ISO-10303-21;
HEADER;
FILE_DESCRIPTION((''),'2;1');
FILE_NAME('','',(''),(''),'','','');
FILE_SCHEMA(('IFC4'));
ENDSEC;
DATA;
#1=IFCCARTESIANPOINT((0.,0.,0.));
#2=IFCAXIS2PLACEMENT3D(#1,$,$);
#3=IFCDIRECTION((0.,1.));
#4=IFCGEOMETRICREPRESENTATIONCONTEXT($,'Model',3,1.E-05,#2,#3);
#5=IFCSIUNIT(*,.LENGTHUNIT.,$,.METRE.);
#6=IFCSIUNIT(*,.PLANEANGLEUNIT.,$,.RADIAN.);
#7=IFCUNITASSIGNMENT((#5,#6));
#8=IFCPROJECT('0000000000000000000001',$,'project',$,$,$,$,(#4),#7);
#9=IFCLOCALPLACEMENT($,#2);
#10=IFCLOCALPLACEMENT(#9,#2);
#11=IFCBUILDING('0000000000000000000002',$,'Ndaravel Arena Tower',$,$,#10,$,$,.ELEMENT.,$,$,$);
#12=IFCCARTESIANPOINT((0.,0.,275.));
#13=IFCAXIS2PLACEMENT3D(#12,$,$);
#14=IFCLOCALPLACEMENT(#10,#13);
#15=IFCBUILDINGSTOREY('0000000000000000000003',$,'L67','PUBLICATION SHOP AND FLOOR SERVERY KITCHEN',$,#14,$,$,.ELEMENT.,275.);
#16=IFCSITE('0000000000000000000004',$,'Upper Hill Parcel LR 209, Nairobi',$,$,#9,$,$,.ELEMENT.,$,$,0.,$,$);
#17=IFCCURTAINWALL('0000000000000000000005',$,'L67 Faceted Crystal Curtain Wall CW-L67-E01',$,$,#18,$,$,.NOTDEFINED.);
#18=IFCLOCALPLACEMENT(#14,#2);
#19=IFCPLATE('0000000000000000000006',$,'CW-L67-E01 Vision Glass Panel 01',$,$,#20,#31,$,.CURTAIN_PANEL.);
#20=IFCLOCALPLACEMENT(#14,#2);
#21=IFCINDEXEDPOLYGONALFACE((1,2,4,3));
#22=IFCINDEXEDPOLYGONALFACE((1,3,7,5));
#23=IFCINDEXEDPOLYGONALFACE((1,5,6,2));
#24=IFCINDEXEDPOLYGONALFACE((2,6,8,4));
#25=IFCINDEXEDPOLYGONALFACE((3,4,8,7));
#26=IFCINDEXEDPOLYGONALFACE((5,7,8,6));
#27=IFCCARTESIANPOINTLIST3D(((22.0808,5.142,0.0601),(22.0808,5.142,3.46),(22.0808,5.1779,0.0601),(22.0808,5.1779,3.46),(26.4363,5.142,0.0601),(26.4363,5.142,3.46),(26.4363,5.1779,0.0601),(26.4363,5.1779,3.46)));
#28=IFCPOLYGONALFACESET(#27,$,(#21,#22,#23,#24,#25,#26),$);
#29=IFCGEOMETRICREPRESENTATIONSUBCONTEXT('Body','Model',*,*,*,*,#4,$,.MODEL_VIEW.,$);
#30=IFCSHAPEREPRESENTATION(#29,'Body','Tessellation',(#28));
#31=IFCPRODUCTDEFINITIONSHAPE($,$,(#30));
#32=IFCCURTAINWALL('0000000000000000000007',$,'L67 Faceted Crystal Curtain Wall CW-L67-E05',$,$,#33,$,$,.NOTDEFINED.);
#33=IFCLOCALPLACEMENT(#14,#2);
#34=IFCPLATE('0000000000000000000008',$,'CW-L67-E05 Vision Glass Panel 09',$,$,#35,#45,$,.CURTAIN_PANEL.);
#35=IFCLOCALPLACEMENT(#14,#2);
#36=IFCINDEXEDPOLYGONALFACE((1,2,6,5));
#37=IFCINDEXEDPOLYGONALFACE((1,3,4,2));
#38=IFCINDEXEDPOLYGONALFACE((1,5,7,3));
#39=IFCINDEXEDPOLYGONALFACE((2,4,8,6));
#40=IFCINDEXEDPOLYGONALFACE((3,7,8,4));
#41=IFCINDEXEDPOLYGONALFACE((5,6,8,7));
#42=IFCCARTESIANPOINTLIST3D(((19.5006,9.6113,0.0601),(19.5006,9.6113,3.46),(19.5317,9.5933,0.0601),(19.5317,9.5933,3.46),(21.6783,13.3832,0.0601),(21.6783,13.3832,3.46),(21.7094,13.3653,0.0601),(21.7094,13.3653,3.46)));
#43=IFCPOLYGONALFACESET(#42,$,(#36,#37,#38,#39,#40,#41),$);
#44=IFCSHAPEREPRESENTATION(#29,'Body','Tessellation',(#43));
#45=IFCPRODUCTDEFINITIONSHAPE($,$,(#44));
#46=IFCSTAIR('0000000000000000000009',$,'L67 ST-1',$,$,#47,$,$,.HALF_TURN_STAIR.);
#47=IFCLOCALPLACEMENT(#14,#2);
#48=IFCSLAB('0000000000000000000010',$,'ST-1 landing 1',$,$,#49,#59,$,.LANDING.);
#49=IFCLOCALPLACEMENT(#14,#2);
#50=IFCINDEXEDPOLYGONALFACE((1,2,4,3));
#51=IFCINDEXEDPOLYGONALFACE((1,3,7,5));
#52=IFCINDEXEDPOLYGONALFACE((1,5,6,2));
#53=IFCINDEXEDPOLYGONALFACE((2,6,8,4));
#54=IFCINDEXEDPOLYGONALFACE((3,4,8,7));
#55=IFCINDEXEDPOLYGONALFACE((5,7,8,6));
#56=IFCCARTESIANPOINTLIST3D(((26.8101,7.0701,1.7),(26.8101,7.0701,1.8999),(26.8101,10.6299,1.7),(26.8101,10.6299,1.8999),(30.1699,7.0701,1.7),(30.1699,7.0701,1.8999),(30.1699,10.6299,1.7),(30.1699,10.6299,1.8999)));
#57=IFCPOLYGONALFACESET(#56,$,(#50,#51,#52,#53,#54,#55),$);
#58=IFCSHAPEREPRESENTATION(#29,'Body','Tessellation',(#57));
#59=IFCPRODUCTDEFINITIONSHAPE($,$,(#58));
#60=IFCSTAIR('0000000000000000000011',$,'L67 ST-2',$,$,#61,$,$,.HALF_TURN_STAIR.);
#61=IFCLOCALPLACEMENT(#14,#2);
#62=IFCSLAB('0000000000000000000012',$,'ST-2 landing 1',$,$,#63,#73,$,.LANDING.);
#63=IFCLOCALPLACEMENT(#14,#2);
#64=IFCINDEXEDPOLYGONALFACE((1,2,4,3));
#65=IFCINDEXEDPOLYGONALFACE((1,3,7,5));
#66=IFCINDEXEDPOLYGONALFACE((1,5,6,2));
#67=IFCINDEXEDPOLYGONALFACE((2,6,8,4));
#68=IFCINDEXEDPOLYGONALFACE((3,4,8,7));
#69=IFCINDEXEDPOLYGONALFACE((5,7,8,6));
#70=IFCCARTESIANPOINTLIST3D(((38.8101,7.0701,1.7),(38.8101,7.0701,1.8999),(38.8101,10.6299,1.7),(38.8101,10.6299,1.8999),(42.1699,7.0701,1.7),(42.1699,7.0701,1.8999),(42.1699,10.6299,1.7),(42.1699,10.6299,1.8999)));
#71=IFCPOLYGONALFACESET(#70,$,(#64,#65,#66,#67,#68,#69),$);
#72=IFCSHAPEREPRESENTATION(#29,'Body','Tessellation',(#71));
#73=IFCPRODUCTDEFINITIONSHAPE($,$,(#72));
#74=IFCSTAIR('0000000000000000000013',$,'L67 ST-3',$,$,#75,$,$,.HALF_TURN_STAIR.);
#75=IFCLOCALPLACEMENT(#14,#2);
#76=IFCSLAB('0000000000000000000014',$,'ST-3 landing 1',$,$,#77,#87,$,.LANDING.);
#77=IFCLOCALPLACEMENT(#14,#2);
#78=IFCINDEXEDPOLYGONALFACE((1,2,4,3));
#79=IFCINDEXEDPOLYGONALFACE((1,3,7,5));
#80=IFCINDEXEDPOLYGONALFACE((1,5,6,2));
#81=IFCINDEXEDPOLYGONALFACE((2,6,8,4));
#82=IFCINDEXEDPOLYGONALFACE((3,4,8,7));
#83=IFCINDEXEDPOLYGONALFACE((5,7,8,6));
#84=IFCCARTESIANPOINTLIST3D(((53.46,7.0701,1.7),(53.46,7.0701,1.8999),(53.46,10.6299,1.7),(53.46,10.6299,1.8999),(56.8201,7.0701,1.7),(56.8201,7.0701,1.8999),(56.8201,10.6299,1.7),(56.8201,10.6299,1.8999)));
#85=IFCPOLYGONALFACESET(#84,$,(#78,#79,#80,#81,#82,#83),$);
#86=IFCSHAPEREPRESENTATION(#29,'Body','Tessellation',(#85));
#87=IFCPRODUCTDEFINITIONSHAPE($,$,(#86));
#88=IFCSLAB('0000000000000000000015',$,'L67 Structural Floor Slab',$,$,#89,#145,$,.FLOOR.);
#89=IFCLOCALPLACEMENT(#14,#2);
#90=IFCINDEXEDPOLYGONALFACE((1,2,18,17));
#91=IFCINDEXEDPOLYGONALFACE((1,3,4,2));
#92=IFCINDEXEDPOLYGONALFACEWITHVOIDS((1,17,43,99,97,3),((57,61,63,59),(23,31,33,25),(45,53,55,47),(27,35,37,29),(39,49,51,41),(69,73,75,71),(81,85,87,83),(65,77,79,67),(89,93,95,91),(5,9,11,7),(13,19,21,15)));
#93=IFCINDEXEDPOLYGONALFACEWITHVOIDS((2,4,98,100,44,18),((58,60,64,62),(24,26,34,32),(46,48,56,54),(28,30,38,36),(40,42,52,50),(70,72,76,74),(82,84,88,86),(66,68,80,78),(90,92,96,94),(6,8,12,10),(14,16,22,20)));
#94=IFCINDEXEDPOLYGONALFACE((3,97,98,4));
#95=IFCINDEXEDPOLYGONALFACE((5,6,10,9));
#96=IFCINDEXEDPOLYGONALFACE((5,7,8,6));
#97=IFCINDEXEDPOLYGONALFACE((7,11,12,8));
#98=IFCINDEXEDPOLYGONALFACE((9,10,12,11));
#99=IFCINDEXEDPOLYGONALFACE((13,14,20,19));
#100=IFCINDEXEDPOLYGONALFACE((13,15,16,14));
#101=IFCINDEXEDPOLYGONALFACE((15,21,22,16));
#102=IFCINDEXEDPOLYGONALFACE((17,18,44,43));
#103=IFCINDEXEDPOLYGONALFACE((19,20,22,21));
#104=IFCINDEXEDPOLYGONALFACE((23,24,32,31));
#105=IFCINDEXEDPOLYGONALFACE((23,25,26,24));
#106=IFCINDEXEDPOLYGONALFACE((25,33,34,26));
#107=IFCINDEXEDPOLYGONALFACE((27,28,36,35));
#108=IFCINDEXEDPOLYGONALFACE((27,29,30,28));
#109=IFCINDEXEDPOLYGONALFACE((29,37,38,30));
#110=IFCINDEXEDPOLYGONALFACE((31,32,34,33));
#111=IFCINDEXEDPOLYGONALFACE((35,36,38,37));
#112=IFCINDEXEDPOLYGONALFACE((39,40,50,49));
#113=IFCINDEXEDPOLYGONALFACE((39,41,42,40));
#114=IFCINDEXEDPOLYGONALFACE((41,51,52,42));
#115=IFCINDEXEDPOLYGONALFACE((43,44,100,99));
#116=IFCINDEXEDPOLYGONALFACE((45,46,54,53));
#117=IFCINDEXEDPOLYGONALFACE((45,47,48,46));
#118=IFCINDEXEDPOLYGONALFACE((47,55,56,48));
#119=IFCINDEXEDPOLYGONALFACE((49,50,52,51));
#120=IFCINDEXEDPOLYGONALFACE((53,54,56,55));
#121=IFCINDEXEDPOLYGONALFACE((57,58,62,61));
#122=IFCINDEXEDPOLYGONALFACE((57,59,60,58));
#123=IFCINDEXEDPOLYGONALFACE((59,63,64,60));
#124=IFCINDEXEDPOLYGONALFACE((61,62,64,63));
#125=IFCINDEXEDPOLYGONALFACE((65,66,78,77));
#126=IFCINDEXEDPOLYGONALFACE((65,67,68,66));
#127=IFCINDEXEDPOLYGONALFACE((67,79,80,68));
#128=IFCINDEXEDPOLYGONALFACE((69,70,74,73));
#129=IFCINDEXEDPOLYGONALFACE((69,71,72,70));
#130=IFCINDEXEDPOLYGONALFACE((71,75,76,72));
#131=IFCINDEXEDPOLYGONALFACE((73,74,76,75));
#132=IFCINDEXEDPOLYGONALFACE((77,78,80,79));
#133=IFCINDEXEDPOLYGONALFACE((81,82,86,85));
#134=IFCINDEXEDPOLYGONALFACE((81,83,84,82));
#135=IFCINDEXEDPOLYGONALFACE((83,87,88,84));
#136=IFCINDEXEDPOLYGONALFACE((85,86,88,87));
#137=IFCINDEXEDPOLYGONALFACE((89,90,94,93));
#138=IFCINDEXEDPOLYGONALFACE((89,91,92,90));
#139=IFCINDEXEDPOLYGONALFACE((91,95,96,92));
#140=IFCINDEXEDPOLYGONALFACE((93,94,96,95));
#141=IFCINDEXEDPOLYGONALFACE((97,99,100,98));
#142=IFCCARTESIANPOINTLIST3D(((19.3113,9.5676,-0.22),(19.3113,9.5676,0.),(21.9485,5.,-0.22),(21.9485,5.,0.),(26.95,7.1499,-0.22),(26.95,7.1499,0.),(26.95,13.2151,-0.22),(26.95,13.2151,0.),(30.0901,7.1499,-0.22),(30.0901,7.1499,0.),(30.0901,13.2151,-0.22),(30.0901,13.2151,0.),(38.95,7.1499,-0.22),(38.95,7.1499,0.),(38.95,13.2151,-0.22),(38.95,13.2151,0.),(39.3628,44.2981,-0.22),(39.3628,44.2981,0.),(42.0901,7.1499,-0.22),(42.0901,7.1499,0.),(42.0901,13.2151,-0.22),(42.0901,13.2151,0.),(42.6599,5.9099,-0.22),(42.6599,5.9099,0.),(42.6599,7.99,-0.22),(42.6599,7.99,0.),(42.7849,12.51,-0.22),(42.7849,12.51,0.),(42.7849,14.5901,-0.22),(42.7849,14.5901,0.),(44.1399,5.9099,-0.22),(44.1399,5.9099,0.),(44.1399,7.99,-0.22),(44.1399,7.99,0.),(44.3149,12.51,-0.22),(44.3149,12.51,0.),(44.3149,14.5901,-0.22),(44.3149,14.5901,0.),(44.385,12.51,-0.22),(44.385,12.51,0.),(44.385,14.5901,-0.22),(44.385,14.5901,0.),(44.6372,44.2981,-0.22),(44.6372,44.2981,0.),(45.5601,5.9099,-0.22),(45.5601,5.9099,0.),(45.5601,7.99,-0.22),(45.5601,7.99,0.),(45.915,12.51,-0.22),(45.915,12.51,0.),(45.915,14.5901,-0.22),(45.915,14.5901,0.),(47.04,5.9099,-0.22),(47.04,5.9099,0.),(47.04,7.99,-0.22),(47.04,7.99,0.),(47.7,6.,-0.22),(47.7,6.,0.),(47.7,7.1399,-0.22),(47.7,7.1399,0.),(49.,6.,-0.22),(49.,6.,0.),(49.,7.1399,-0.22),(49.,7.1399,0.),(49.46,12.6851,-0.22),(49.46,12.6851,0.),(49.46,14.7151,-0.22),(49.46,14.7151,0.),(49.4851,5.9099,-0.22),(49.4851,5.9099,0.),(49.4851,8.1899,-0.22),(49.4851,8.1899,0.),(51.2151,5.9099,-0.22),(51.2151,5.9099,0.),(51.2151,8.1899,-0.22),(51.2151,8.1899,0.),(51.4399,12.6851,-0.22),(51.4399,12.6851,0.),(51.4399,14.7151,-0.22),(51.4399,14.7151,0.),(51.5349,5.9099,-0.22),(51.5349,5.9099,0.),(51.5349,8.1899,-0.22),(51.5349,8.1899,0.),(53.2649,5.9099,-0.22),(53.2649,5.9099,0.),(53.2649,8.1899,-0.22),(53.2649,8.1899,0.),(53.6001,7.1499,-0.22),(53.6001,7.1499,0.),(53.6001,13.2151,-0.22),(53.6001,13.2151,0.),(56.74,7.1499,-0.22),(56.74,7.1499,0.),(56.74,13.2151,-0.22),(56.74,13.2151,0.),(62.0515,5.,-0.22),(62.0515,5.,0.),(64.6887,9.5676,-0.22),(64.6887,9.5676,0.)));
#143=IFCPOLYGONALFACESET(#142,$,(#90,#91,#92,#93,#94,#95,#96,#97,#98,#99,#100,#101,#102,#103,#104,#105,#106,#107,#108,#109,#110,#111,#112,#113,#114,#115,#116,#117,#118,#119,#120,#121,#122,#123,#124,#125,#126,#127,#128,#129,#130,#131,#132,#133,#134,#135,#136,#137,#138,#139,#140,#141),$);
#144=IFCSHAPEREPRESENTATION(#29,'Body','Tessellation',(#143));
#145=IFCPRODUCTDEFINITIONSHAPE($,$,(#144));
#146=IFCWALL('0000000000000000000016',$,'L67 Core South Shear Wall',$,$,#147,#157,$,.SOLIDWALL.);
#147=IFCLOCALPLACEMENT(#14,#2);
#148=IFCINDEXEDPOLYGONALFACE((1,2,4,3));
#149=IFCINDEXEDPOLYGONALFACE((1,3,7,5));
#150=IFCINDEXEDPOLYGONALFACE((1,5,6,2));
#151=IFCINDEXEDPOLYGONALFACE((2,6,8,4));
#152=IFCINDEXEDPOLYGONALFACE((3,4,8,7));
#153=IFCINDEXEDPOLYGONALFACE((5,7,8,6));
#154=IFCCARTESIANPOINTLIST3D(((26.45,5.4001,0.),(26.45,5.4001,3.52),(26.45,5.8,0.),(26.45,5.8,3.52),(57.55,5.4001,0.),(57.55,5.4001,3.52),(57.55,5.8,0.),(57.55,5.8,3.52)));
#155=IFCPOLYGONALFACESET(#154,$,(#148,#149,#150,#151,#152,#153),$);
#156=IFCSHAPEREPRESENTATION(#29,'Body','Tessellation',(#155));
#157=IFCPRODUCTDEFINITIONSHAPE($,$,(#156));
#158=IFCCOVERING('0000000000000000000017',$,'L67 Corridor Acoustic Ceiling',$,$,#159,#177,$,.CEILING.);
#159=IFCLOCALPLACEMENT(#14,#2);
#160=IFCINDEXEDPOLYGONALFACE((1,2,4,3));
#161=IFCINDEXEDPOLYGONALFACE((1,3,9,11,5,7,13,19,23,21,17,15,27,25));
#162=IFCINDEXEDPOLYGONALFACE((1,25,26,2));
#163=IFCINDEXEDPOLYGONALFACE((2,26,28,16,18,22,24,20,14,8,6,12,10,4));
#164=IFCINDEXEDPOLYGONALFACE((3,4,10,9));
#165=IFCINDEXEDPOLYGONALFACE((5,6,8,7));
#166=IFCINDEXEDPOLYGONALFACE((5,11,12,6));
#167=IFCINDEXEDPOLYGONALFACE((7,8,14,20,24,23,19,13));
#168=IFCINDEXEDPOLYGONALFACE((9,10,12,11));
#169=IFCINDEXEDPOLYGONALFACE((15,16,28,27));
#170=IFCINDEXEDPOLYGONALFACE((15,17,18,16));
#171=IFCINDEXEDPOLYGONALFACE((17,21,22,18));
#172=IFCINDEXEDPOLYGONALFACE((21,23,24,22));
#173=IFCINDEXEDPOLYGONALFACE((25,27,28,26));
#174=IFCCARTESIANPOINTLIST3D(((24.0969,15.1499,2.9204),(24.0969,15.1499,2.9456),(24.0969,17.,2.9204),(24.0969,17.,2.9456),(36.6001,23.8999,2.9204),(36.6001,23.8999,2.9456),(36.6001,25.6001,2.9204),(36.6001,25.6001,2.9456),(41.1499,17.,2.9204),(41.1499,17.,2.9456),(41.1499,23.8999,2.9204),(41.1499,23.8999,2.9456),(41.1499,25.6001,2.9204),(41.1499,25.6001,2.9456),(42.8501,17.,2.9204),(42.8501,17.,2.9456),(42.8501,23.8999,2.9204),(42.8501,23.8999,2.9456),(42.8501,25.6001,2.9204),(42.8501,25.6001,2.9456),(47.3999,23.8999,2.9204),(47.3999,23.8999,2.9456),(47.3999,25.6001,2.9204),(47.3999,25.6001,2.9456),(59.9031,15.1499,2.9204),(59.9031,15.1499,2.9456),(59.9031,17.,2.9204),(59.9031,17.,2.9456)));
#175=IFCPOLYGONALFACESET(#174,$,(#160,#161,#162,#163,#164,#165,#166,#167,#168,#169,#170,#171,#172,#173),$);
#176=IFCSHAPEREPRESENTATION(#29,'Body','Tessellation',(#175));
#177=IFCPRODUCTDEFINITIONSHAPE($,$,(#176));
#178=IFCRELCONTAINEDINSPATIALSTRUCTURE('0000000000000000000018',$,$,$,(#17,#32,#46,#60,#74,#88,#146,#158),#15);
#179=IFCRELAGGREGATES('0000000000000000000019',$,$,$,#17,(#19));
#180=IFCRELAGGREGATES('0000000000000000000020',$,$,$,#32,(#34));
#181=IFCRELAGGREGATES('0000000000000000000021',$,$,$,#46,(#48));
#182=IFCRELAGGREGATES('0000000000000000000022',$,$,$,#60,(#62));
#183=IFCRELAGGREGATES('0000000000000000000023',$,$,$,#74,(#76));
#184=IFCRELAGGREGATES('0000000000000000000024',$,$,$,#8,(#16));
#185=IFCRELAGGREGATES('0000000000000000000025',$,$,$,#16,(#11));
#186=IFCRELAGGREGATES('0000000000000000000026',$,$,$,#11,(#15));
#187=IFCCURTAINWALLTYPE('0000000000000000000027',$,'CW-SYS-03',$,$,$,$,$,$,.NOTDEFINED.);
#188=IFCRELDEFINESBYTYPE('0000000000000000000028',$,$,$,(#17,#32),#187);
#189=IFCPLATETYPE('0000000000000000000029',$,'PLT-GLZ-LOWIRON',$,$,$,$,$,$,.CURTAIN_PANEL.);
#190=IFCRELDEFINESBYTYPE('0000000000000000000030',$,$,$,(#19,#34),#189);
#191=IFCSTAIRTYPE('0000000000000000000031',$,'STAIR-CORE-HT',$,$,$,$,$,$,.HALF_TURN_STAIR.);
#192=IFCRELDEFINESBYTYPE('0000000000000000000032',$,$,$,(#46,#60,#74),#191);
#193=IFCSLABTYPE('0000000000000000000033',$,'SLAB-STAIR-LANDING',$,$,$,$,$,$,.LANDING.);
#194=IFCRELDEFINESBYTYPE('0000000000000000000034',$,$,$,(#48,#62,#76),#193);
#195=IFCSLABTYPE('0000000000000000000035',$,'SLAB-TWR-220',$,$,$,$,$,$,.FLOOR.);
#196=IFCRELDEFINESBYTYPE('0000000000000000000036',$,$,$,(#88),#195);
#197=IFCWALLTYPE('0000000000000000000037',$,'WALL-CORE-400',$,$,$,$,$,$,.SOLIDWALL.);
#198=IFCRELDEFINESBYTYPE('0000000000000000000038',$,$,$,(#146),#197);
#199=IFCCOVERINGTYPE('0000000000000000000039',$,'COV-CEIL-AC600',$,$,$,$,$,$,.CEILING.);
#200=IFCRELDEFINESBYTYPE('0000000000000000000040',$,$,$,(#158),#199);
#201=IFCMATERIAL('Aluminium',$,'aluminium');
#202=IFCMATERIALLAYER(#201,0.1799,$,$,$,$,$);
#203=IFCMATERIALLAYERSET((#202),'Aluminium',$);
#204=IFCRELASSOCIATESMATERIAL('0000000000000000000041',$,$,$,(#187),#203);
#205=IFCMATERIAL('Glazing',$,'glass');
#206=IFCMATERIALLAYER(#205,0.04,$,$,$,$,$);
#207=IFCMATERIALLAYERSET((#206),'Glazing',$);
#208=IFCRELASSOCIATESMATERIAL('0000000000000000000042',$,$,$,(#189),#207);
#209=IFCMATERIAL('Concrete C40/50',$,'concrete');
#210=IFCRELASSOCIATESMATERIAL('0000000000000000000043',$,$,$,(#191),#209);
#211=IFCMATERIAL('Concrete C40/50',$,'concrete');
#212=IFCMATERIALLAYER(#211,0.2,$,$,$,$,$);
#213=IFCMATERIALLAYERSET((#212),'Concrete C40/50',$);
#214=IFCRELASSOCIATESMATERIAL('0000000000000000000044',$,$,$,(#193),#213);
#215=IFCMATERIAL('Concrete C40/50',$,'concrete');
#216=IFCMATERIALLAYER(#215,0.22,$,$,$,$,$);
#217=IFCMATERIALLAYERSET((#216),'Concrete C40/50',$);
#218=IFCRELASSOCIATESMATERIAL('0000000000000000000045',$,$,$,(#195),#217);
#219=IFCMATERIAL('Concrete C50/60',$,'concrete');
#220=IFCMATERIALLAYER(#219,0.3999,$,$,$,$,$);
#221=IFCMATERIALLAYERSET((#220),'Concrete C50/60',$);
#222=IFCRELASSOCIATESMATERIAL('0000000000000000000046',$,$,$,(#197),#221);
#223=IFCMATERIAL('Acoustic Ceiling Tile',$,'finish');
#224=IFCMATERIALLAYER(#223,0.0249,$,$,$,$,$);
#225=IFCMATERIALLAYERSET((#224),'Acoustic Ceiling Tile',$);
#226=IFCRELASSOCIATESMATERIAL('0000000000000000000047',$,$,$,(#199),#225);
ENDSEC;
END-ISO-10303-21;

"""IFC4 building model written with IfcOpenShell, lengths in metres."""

from ifc_helpers import new_model, si_unit, direction, frame, frame_2d, origin, origin_2d, place, context, subcontext, project, spatial, polyline, rectangle, outline, extrude, material, layer, layer_set, type_object, element, aggregate, save


model = new_model("IFC4")

# Units and contexts
model_context = context("Model", 3, precision=1e-05, world=origin(), true_north=direction((0.0, 1.0)))
body_context = subcontext(model_context, "Body", "Model", "MODEL_VIEW")
ifc_project = project(units=[si_unit("LENGTHUNIT", "METRE"), si_unit("PLANEANGLEUNIT", "RADIAN")], contexts=[model_context])

# Site, building, storey
site_placement = place(None, origin())
site = spatial("IfcSite", under=ifc_project, at=site_placement, Name="Upper Hill Parcel LR 209, Nairobi", CompositionType="ELEMENT", RefElevation=0.0)
building_placement = place(site_placement, origin())
building = spatial("IfcBuilding", under=site, at=building_placement, Name="Ndaravel Arena Tower", CompositionType="ELEMENT")
storey_placement = place(building_placement, frame((0.0, 0.0, 275.0)))
storey = spatial("IfcBuildingStorey", under=building, at=storey_placement, Name="L67", Description="PUBLICATION SHOP AND FLOOR SERVERY KITCHEN", CompositionType="ELEMENT", Elevation=275.0)

# Curtain wall
ifc_material_1 = material(Name="Aluminium", Category="aluminium")
ifc_layer_1 = layer(ifc_material_1, 0.1799)
ifc_layer_set_1 = layer_set([ifc_layer_1], Name="Aluminium")
curtain_wall_type_1 = type_object("IfcCurtainWallType", Name="CW-SYS-03", PredefinedType="NOTDEFINED", material=ifc_layer_set_1)
curtain_wall_1_placement = place(storey_placement, origin())
curtain_wall_1 = element("IfcCurtainWall", 1, at=curtain_wall_1_placement, inside=storey, type_object=curtain_wall_type_1, Name="L67 Faceted Crystal Curtain Wall CW-L67-E01", PredefinedType="NOTDEFINED")

# Plate
ifc_material_2 = material(Name="Glazing", Category="glass")
ifc_layer_2 = layer(ifc_material_2, 0.04)
ifc_layer_set_2 = layer_set([ifc_layer_2], Name="Glazing")
plate_type_1 = type_object("IfcPlateType", Name="PLT-GLZ-LOWIRON", PredefinedType="CURTAIN_PANEL", material=ifc_layer_set_2)
plate_1_placement = place(storey_placement, frame((24.2585, 5.1599, 0.0601), z_axis=(0.0, 0.0, 1.0), x_axis=(1.0, 0.0, 0.0)))
plate_1 = element("IfcPlate", 2, at=plate_1_placement, type_object=plate_type_1, Name="CW-L67-E01 Vision Glass Panel 01", PredefinedType="CURTAIN_PANEL", context=body_context, shape_type="SweptSolid", body=[
    extrude(rectangle(XDim=4.3555, YDim=0.0359, at=origin_2d()), origin(), (0.0, 0.0, 1.0), 3.3999),
])
aggregate(curtain_wall_1, [plate_1])

# Curtain wall, plate
curtain_wall_2_placement = place(storey_placement, origin())
curtain_wall_2 = element("IfcCurtainWall", 3, at=curtain_wall_2_placement, inside=storey, type_object=curtain_wall_type_1, Name="L67 Faceted Crystal Curtain Wall CW-L67-E05", PredefinedType="NOTDEFINED")
plate_2_placement = place(storey_placement, frame((20.605, 11.4883, 0.0601), z_axis=(0.0, 0.0, 1.0), x_axis=(-0.5, -0.866025, 0.0)))
plate_2 = element("IfcPlate", 4, at=plate_2_placement, type_object=plate_type_1, Name="CW-L67-E05 Vision Glass Panel 09", PredefinedType="CURTAIN_PANEL", context=body_context, shape_type="SweptSolid", body=[
    extrude(rectangle(XDim=4.3555, YDim=0.0359, at=origin_2d()), origin(), (0.0, 0.0, 1.0), 3.3999),
])
aggregate(curtain_wall_2, [plate_2])

# Stairs, slabs
ifc_material_3 = material(Name="Concrete C40/50", Category="concrete")
stair_type = type_object("IfcStairType", Name="STAIR-CORE-HT", PredefinedType="HALF_TURN_STAIR", material=ifc_material_3)
stair_1_placement = place(storey_placement, origin())
stair_1 = element("IfcStair", 5, at=stair_1_placement, inside=storey, type_object=stair_type, Name="L67 ST-1", PredefinedType="HALF_TURN_STAIR")
ifc_material_4 = material(Name="Concrete C40/50", Category="concrete")
ifc_layer_3 = layer(ifc_material_4, 0.2)
ifc_layer_set_3 = layer_set([ifc_layer_3], Name="Concrete C40/50")
slab_type_1 = type_object("IfcSlabType", Name="SLAB-STAIR-LANDING", PredefinedType="LANDING", material=ifc_layer_set_3)
slab_1_placement = place(storey_placement, frame((0.0, 0.0, 1.7)))
slab_1 = element("IfcSlab", 6, at=slab_1_placement, type_object=slab_type_1, Name="ST-1 landing 1", PredefinedType="LANDING", context=body_context, shape_type="SweptSolid", body=[
    extrude(outline(polyline([(26.8101, 10.6299), (26.8101, 7.0701), (30.1699, 7.0701), (30.1699, 10.6299), (26.8101, 10.6299)])), origin(), (0.0, 0.0, 1.0), 0.2),
])
aggregate(stair_1, [slab_1])
stair_2_placement = place(storey_placement, origin())
stair_2 = element("IfcStair", 7, at=stair_2_placement, inside=storey, type_object=stair_type, Name="L67 ST-2", PredefinedType="HALF_TURN_STAIR")
slab_2_placement = place(storey_placement, frame((0.0, 0.0, 1.7)))
slab_2 = element("IfcSlab", 8, at=slab_2_placement, type_object=slab_type_1, Name="ST-2 landing 1", PredefinedType="LANDING", context=body_context, shape_type="SweptSolid", body=[
    extrude(outline(polyline([(38.8101, 10.6299), (38.8101, 7.0701), (42.1699, 7.0701), (42.1699, 10.6299), (38.8101, 10.6299)])), origin(), (0.0, 0.0, 1.0), 0.2),
])
aggregate(stair_2, [slab_2])
stair_3_placement = place(storey_placement, origin())
stair_3 = element("IfcStair", 9, at=stair_3_placement, inside=storey, type_object=stair_type, Name="L67 ST-3", PredefinedType="HALF_TURN_STAIR")
slab_3_placement = place(storey_placement, frame((0.0, 0.0, 1.7)))
slab_3 = element("IfcSlab", 10, at=slab_3_placement, type_object=slab_type_1, Name="ST-3 landing 1", PredefinedType="LANDING", context=body_context, shape_type="SweptSolid", body=[
    extrude(outline(polyline([(53.46, 10.6299), (53.46, 7.0701), (56.8201, 7.0701), (56.8201, 10.6299), (53.46, 10.6299)])), origin(), (0.0, 0.0, 1.0), 0.2),
])
aggregate(stair_3, [slab_3])

# Slab
ifc_material_5 = material(Name="Concrete C40/50", Category="concrete")
ifc_layer_4 = layer(ifc_material_5, 0.22)
ifc_layer_set_4 = layer_set([ifc_layer_4], Name="Concrete C40/50")
slab_type_2 = type_object("IfcSlabType", Name="SLAB-TWR-220", PredefinedType="FLOOR", material=ifc_layer_set_4)
slab_4_placement = place(storey_placement, frame((0.0, 0.0, -0.22)))
element("IfcSlab", 11, at=slab_4_placement, inside=storey, type_object=slab_type_2, Name="L67 Structural Floor Slab", PredefinedType="FLOOR", context=body_context, shape_type="SweptSolid", body=[
    extrude(outline(polyline([(19.3113, 9.5676), (21.9485, 5.0), (62.0515, 5.0), (64.6887, 9.5676), (44.6372, 44.2981), (39.3628, 44.2981), (19.3113, 9.5676)]), holes=[polyline([(26.95, 13.2151), (26.95, 7.1499), (30.0901, 7.1499), (30.0901, 13.2151), (26.95, 13.2151)]), polyline([(38.95, 13.2151), (38.95, 7.1499), (42.0901, 7.1499), (42.0901, 13.2151), (38.95, 13.2151)]), polyline([(53.6001, 13.2151), (53.6001, 7.1499), (56.74, 7.1499), (56.74, 13.2151), (53.6001, 13.2151)]), polyline([(42.6599, 5.9099), (44.1399, 5.9099), (44.1399, 7.99), (42.6599, 7.99), (42.6599, 5.9099)]), polyline([(45.5601, 5.9099), (47.04, 5.9099), (47.04, 7.99), (45.5601, 7.99), (45.5601, 5.9099)]), polyline([(42.7849, 12.51), (44.3149, 12.51), (44.3149, 14.5901), (42.7849, 14.5901), (42.7849, 12.51)]), polyline([(44.385, 12.51), (45.915, 12.51), (45.915, 14.5901), (44.385, 14.5901), (44.385, 12.51)]), polyline([(49.4851, 5.9099), (51.2151, 5.9099), (51.2151, 8.1899), (49.4851, 8.1899), (49.4851, 5.9099)]), polyline([(51.5349, 5.9099), (53.2649, 5.9099), (53.2649, 8.1899), (51.5349, 8.1899), (51.5349, 5.9099)]), polyline([(49.46, 12.6851), (51.4399, 12.6851), (51.4399, 14.7151), (49.46, 14.7151), (49.46, 12.6851)]), polyline([(47.7, 6.0), (49.0, 6.0), (49.0, 7.1399), (47.7, 7.1399), (47.7, 6.0)])]), origin(), (0.0, 0.0, 1.0), 0.22),
])

# Wall
ifc_material_6 = material(Name="Concrete C50/60", Category="concrete")
ifc_layer_5 = layer(ifc_material_6, 0.3999)
ifc_layer_set_5 = layer_set([ifc_layer_5], Name="Concrete C50/60")
wall_type = type_object("IfcWallType", Name="WALL-CORE-400", PredefinedType="SOLIDWALL", material=ifc_layer_set_5)
wall_placement = place(storey_placement, frame((26.45, 5.6001, 0.0), z_axis=(0.0, 0.0, 1.0), x_axis=(1.0, 0.0, 0.0)))
element("IfcWall", 12, at=wall_placement, inside=storey, type_object=wall_type, Name="L67 Core South Shear Wall", PredefinedType="SOLIDWALL", context=body_context, shape_type="SweptSolid", body=[
    extrude(rectangle(XDim=31.1001, YDim=0.3999, at=frame_2d((15.55, 0.0))), origin(), (0.0, 0.0, 1.0), 3.52),
])

# Covering
ifc_material_7 = material(Name="Acoustic Ceiling Tile", Category="finish")
ifc_layer_6 = layer(ifc_material_7, 0.0249)
ifc_layer_set_6 = layer_set([ifc_layer_6], Name="Acoustic Ceiling Tile")
covering_type_1 = type_object("IfcCoveringType", Name="COV-CEIL-AC600", PredefinedType="CEILING", material=ifc_layer_set_6)
covering_1_placement = place(storey_placement, frame((0.0, 0.0, 2.9204)))
element("IfcCovering", 13, at=covering_1_placement, inside=storey, type_object=covering_type_1, Name="L67 Corridor Acoustic Ceiling", PredefinedType="CEILING", context=body_context, shape_type="SweptSolid", body=[
    extrude(outline(polyline([(59.9031, 17.0), (42.8501, 17.0), (42.8501, 23.8999), (47.3999, 23.8999), (47.3999, 25.6001), (42.8501, 25.6001), (41.1499, 25.6001), (36.6001, 25.6001), (36.6001, 23.8999), (41.1499, 23.8999), (41.1499, 17.0), (24.0969, 17.0), (24.0969, 15.1499), (59.9031, 15.1499), (59.9031, 17.0)])), origin(), (0.0, 0.0, 1.0), 0.0251),
])

save(model, "model.ifc")
